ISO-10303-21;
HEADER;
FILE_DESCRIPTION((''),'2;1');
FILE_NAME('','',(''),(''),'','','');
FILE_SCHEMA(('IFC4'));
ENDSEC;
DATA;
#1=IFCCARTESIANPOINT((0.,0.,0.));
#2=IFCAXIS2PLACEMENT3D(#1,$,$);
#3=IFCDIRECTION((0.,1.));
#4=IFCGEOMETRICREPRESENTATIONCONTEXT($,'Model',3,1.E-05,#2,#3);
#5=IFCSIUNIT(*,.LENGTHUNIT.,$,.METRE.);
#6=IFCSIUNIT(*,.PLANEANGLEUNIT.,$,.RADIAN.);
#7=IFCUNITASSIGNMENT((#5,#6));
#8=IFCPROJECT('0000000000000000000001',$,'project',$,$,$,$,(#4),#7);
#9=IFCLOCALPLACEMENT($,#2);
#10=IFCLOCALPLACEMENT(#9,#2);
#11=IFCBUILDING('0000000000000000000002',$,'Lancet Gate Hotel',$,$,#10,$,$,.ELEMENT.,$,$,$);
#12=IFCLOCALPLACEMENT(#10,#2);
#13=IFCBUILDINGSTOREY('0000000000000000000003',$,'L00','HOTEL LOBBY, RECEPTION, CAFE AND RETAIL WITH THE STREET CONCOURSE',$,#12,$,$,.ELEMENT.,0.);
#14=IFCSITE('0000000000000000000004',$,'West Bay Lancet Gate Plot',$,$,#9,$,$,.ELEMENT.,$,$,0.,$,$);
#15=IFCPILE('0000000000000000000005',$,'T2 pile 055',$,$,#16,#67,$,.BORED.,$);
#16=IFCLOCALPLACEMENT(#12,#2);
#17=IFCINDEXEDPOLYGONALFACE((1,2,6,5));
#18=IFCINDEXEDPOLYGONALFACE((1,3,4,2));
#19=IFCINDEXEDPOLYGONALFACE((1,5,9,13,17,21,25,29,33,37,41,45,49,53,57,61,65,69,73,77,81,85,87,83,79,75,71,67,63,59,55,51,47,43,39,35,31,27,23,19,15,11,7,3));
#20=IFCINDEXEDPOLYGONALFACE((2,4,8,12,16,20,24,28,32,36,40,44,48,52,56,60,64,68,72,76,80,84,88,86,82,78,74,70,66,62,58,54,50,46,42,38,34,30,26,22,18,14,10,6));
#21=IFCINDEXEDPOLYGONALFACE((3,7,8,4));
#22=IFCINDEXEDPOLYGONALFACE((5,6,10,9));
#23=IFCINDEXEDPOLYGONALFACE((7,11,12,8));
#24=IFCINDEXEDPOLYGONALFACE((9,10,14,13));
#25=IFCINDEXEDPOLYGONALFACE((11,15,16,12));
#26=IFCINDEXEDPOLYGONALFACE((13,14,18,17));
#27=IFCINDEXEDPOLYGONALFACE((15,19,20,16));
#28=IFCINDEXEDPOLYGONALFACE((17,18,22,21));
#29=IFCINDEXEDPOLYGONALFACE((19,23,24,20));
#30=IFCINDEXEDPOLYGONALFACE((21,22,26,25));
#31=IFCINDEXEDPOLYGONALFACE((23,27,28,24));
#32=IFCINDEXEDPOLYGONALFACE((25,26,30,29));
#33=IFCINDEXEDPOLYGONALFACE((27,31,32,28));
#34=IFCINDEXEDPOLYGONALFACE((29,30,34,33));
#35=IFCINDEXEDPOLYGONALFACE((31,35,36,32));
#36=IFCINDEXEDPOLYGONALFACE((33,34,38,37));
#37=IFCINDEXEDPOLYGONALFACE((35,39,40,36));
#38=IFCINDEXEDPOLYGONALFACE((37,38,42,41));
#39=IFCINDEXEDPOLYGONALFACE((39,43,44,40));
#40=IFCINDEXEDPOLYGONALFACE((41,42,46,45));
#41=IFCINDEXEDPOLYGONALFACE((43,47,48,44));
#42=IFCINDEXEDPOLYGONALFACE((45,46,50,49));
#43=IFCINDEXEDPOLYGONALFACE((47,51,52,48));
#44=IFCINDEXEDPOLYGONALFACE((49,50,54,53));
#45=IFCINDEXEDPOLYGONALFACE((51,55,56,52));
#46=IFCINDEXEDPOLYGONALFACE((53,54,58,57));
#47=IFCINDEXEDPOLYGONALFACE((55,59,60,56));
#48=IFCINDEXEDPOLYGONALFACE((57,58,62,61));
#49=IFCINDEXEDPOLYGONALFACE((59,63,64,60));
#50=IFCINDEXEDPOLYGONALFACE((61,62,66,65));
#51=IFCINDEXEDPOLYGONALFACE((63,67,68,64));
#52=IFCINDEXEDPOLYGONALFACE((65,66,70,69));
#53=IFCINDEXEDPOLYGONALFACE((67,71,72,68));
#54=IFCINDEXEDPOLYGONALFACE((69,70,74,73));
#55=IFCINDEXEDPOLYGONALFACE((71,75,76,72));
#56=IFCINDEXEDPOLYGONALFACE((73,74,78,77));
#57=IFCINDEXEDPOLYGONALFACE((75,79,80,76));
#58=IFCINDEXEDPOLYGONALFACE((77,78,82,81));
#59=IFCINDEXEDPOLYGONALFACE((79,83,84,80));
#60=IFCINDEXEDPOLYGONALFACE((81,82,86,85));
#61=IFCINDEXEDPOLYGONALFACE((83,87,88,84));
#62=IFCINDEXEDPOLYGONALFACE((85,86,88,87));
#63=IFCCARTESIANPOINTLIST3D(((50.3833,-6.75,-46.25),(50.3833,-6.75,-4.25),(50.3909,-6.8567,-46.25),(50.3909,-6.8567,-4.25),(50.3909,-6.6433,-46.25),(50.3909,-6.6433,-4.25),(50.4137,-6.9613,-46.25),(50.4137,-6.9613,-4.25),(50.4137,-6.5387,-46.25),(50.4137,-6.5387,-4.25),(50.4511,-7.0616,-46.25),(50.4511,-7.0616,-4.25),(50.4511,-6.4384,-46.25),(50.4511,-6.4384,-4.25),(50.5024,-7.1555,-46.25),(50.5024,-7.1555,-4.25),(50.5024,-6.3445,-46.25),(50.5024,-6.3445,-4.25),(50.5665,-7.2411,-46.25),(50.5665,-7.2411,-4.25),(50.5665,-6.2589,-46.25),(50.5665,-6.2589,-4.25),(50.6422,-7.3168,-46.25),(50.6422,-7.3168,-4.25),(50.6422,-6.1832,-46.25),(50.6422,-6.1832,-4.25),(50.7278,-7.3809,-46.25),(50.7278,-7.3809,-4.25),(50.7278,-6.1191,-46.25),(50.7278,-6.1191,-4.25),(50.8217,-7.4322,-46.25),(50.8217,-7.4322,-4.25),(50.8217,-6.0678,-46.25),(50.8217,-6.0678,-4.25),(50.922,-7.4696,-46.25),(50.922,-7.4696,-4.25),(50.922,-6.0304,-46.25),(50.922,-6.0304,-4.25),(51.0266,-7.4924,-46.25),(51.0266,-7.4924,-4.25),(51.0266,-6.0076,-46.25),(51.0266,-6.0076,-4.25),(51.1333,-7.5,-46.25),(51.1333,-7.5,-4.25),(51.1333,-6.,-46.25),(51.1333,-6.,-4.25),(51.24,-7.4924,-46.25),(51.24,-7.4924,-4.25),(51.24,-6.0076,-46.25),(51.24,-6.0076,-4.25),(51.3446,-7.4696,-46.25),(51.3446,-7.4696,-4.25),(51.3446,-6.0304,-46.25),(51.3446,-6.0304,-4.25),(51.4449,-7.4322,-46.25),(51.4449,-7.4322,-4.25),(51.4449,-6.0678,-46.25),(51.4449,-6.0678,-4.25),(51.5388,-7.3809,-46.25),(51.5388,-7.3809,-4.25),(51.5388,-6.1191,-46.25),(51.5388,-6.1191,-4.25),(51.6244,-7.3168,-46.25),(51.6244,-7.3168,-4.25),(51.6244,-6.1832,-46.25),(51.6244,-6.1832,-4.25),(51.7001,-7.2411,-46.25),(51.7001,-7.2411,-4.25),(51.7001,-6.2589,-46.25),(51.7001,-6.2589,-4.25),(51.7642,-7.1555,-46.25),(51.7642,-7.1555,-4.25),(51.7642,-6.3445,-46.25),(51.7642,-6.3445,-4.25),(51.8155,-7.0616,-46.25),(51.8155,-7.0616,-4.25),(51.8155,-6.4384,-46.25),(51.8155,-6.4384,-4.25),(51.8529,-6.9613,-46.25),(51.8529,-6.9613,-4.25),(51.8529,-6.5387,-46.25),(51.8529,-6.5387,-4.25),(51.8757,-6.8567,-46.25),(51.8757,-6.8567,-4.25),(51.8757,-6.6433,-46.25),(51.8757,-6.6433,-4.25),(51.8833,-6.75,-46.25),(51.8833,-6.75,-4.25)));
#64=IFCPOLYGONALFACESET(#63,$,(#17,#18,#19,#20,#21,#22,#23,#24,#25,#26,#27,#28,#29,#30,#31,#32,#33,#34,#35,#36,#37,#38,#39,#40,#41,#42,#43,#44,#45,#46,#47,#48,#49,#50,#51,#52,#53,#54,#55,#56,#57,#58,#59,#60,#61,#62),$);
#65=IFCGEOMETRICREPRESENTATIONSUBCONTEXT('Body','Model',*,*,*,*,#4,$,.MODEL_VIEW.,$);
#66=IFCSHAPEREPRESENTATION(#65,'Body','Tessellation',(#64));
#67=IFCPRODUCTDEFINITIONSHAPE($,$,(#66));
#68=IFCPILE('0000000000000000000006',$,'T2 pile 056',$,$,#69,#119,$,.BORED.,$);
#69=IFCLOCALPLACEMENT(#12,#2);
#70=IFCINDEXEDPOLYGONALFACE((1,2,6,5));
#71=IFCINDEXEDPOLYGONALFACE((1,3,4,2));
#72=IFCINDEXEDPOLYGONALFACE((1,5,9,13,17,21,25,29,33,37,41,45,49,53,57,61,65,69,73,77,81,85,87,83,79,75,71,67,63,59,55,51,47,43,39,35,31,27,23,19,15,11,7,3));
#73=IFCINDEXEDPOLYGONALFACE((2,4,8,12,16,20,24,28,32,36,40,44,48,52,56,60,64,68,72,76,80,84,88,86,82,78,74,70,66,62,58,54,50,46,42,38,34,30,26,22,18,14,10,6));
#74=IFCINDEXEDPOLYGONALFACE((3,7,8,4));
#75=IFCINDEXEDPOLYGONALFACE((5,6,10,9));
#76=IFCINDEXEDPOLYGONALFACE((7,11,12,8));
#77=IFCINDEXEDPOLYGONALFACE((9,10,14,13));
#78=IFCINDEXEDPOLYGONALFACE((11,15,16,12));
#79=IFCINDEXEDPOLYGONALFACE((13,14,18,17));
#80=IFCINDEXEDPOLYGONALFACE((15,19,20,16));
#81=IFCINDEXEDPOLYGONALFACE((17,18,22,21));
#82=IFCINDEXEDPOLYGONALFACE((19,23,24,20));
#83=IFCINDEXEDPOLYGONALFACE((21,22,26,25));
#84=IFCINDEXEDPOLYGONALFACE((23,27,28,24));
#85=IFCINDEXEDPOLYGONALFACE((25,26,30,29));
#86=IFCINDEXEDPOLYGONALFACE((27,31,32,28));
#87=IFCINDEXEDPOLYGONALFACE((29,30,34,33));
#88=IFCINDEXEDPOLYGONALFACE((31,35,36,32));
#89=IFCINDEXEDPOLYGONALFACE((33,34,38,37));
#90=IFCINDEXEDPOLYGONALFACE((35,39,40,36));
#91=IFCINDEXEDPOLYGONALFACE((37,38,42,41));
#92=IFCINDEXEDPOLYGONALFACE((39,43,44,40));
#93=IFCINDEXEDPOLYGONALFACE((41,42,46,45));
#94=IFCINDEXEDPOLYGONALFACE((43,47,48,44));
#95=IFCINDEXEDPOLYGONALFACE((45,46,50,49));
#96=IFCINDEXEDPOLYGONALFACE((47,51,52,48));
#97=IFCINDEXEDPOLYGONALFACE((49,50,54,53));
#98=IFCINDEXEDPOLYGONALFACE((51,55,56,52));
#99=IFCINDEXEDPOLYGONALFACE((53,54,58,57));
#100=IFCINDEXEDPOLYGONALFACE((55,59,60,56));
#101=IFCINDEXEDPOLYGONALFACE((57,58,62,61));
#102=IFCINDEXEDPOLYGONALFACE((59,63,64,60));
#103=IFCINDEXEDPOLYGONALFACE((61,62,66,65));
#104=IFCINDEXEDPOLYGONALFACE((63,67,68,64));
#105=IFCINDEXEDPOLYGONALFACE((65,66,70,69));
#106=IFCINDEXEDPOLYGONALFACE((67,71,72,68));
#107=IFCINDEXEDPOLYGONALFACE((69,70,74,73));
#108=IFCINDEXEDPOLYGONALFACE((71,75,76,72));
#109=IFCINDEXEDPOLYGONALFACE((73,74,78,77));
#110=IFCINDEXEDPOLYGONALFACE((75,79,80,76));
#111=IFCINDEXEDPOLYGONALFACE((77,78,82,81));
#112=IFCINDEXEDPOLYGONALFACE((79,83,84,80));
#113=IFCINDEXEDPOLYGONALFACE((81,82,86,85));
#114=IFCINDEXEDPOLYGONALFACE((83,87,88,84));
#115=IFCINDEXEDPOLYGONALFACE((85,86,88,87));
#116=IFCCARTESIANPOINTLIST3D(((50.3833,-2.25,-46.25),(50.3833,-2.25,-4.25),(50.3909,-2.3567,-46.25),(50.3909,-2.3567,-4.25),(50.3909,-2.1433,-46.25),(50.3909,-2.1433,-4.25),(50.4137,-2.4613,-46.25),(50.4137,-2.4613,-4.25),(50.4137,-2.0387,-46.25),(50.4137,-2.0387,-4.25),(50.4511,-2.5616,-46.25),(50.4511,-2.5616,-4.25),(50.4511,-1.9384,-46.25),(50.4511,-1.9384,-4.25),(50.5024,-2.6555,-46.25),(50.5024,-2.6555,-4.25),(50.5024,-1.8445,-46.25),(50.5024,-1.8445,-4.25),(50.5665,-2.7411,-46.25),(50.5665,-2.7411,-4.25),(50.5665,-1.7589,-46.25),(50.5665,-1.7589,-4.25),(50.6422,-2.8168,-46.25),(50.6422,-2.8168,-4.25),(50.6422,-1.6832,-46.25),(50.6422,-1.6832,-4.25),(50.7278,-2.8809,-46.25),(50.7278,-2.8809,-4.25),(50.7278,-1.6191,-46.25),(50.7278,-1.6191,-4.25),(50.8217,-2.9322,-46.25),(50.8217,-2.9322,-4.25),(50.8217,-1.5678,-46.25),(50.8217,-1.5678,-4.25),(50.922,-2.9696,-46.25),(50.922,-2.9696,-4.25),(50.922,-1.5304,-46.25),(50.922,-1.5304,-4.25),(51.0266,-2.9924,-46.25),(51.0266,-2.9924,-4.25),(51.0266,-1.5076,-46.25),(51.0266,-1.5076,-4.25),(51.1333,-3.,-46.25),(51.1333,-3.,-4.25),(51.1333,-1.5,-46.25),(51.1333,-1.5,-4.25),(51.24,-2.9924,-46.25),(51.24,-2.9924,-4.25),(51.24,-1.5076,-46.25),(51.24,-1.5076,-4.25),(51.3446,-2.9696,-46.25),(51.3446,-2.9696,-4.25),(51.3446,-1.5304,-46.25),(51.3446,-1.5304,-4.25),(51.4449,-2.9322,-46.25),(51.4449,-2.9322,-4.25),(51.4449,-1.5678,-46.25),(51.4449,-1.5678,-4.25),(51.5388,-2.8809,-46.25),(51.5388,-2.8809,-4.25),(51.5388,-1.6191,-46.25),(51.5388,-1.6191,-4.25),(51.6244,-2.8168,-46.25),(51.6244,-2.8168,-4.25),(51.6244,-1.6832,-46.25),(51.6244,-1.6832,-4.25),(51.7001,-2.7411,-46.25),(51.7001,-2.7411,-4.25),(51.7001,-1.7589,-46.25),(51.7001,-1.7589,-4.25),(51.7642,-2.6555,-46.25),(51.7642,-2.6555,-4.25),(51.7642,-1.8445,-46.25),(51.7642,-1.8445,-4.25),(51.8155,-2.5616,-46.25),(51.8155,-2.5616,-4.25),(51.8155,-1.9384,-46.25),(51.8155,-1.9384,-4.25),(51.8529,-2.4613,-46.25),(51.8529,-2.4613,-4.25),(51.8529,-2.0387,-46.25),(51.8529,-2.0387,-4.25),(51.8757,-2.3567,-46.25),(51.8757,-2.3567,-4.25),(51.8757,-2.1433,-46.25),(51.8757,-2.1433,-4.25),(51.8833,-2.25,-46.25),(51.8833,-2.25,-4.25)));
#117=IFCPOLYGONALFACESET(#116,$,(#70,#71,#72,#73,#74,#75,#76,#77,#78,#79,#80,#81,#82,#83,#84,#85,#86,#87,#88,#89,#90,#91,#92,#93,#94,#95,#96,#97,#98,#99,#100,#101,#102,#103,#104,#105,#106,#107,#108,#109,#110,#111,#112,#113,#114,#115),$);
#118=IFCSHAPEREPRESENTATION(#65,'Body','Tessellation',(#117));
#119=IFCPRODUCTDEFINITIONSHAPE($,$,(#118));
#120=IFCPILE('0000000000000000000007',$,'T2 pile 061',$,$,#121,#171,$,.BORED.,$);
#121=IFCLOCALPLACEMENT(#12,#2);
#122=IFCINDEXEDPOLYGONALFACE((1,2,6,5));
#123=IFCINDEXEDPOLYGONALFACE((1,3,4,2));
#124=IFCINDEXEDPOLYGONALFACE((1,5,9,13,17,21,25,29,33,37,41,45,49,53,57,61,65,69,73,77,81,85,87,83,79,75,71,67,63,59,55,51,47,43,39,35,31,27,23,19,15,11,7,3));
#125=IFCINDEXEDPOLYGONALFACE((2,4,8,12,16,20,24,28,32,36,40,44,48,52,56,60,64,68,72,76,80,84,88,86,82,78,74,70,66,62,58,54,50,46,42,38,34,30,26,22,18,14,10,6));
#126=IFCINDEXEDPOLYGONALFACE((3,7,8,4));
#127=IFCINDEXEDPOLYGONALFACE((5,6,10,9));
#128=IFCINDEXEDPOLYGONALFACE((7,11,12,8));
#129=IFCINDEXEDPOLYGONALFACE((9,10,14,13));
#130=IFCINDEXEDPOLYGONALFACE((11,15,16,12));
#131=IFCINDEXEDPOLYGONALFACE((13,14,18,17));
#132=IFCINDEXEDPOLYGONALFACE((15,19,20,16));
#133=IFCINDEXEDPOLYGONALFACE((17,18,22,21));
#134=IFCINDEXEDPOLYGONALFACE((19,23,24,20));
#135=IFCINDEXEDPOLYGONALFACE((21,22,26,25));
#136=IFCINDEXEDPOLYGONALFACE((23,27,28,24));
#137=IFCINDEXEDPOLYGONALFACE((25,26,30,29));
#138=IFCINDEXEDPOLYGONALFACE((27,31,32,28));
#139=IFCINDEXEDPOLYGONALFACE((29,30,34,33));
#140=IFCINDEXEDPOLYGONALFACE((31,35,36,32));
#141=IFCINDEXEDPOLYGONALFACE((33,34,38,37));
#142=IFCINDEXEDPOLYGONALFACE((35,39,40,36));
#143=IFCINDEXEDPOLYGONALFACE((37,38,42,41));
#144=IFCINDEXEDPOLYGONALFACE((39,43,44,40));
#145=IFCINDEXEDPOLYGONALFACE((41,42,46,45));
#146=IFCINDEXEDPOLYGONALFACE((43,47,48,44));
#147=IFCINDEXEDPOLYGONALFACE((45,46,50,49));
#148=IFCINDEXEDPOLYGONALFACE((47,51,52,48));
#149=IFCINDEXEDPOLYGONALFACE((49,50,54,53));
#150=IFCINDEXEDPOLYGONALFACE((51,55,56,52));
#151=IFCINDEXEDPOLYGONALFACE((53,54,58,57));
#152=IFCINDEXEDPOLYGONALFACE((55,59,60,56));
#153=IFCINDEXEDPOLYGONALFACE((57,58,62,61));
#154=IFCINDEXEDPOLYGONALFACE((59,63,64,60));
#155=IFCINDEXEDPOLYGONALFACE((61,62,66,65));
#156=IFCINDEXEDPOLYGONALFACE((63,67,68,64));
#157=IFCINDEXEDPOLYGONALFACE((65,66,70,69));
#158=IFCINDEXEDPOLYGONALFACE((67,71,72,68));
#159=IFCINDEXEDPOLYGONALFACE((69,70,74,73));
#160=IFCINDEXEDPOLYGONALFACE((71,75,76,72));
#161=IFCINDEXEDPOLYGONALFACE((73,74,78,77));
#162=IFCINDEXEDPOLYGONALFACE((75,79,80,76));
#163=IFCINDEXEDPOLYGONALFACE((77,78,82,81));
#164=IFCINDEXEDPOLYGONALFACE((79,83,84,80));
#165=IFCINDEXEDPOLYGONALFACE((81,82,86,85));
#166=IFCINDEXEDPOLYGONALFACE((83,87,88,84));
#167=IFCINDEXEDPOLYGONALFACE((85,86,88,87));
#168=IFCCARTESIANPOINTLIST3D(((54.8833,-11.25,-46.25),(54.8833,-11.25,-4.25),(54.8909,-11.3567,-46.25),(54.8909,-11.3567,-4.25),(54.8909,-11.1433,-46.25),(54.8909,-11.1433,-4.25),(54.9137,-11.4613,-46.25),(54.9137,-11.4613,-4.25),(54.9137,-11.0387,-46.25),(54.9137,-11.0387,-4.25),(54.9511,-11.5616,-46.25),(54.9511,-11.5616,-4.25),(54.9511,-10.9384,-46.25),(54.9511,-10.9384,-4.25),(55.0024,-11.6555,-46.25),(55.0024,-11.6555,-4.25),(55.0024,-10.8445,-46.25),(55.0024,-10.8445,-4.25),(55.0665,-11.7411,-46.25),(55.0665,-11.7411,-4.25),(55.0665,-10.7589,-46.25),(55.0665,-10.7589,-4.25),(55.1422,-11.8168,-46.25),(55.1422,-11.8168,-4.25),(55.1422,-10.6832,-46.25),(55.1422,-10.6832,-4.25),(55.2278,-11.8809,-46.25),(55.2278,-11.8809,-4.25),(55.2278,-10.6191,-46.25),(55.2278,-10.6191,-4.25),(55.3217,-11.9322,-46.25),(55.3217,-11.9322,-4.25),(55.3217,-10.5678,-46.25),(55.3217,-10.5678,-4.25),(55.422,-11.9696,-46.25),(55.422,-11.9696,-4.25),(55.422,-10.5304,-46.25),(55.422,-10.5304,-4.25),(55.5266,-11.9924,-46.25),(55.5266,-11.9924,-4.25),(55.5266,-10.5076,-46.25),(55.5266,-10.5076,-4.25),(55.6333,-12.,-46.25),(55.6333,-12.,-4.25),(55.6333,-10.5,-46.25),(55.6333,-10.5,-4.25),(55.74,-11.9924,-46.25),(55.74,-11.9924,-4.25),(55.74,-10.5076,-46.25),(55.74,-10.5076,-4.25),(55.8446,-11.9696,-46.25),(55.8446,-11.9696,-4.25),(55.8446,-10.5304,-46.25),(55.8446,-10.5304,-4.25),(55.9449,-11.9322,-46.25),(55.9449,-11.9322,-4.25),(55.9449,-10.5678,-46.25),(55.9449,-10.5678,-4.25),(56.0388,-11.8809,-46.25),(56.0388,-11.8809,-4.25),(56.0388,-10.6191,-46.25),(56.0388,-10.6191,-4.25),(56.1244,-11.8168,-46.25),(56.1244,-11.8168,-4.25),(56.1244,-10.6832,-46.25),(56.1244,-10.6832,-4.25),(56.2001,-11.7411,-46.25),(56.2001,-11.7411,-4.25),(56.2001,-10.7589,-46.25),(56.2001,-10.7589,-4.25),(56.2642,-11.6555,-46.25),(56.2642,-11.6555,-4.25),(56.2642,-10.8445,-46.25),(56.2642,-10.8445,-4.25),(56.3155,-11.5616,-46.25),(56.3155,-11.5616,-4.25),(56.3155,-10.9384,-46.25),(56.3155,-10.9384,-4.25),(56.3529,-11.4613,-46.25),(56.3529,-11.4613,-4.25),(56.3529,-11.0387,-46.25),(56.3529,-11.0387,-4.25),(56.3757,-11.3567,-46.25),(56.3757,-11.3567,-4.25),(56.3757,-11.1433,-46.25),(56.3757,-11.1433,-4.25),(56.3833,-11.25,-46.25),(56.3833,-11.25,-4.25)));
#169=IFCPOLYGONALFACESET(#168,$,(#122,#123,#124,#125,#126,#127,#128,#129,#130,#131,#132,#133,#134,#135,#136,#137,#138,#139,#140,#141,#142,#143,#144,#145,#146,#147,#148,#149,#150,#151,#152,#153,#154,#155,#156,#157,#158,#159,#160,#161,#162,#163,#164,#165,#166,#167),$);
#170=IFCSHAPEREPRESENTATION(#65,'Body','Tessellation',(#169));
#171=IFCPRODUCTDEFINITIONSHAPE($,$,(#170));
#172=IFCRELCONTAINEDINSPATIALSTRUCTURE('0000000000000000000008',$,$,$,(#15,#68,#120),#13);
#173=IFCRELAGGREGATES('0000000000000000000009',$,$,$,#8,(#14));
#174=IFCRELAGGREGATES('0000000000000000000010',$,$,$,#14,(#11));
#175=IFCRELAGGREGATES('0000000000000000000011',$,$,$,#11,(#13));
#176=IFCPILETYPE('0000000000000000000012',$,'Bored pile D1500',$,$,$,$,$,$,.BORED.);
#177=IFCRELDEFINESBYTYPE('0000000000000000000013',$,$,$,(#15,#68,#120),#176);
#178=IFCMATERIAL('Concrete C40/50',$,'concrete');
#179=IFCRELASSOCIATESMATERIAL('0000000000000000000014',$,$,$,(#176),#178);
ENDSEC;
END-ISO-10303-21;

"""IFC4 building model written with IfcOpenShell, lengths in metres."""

from ifc_helpers import new_model, si_unit, direction, frame, origin, origin_2d, place, context, subcontext, project, spatial, circle, extrude, material, material_profile, profile_set, type_object, element, save


model = new_model("IFC4")

# Units and contexts
model_context = context("Model", 3, precision=1e-05, world=origin(), true_north=direction((0.0, 1.0)))
body_context = subcontext(model_context, "Body", "Model", "MODEL_VIEW")
ifc_project = project(units=[si_unit("LENGTHUNIT", "METRE"), si_unit("PLANEANGLEUNIT", "RADIAN")], contexts=[model_context])

# Site, building, storey
site_placement = place(None, origin())
site = spatial("IfcSite", under=ifc_project, at=site_placement, Name="West Bay Lancet Gate Plot", CompositionType="ELEMENT", RefElevation=0.0)
building_placement = place(site_placement, origin())
building = spatial("IfcBuilding", under=site, at=building_placement, Name="Lancet Gate Hotel", CompositionType="ELEMENT")
storey_placement = place(building_placement, origin())
storey = spatial("IfcBuildingStorey", under=building, at=storey_placement, Name="L00", Description="HOTEL LOBBY, RECEPTION, CAFE AND RETAIL WITH THE STREET CONCOURSE", CompositionType="ELEMENT", Elevation=0.0)

# Piles
ifc_material_1 = material(Name="Concrete C40/50", Category="concrete")
ifc_material_profile_1 = material_profile(ifc_material_1, circle(Radius=0.75, at=origin_2d()), Name="PILE D1500")
ifc_profile_set_1 = profile_set([ifc_material_profile_1], Name="Concrete C40/50")
pile_type = type_object("IfcPileType", Name="Bored pile D1500", PredefinedType="BORED", material=ifc_profile_set_1)
for number, where, z_axis, x_axis, name in (
    (1, (51.1333, -6.75, -4.25), (0.0, 0.0, -1.0), (1.0, 0.0, 0.0), "T2 pile 055"),
    (2, (51.1333, -2.25, -4.25), (0.0, 0.0, -1.0), (1.0, 0.0, 0.0), "T2 pile 056"),
    (3, (55.6333, -11.25, -4.25), (0.0, 0.0, -1.0), (1.0, 0.0, 0.0), "T2 pile 061"),
):
    element("IfcPile", number, at=place(storey_placement, frame(where, z_axis=z_axis, x_axis=x_axis)), inside=storey, type_object=pile_type, Name=name, PredefinedType="BORED", context=body_context, shape_type="SweptSolid", body=[
        extrude(circle(Radius=0.75, at=origin_2d()), origin(), (0.0, 0.0, 1.0), 42.0),
    ])

save(model, "model.ifc")
